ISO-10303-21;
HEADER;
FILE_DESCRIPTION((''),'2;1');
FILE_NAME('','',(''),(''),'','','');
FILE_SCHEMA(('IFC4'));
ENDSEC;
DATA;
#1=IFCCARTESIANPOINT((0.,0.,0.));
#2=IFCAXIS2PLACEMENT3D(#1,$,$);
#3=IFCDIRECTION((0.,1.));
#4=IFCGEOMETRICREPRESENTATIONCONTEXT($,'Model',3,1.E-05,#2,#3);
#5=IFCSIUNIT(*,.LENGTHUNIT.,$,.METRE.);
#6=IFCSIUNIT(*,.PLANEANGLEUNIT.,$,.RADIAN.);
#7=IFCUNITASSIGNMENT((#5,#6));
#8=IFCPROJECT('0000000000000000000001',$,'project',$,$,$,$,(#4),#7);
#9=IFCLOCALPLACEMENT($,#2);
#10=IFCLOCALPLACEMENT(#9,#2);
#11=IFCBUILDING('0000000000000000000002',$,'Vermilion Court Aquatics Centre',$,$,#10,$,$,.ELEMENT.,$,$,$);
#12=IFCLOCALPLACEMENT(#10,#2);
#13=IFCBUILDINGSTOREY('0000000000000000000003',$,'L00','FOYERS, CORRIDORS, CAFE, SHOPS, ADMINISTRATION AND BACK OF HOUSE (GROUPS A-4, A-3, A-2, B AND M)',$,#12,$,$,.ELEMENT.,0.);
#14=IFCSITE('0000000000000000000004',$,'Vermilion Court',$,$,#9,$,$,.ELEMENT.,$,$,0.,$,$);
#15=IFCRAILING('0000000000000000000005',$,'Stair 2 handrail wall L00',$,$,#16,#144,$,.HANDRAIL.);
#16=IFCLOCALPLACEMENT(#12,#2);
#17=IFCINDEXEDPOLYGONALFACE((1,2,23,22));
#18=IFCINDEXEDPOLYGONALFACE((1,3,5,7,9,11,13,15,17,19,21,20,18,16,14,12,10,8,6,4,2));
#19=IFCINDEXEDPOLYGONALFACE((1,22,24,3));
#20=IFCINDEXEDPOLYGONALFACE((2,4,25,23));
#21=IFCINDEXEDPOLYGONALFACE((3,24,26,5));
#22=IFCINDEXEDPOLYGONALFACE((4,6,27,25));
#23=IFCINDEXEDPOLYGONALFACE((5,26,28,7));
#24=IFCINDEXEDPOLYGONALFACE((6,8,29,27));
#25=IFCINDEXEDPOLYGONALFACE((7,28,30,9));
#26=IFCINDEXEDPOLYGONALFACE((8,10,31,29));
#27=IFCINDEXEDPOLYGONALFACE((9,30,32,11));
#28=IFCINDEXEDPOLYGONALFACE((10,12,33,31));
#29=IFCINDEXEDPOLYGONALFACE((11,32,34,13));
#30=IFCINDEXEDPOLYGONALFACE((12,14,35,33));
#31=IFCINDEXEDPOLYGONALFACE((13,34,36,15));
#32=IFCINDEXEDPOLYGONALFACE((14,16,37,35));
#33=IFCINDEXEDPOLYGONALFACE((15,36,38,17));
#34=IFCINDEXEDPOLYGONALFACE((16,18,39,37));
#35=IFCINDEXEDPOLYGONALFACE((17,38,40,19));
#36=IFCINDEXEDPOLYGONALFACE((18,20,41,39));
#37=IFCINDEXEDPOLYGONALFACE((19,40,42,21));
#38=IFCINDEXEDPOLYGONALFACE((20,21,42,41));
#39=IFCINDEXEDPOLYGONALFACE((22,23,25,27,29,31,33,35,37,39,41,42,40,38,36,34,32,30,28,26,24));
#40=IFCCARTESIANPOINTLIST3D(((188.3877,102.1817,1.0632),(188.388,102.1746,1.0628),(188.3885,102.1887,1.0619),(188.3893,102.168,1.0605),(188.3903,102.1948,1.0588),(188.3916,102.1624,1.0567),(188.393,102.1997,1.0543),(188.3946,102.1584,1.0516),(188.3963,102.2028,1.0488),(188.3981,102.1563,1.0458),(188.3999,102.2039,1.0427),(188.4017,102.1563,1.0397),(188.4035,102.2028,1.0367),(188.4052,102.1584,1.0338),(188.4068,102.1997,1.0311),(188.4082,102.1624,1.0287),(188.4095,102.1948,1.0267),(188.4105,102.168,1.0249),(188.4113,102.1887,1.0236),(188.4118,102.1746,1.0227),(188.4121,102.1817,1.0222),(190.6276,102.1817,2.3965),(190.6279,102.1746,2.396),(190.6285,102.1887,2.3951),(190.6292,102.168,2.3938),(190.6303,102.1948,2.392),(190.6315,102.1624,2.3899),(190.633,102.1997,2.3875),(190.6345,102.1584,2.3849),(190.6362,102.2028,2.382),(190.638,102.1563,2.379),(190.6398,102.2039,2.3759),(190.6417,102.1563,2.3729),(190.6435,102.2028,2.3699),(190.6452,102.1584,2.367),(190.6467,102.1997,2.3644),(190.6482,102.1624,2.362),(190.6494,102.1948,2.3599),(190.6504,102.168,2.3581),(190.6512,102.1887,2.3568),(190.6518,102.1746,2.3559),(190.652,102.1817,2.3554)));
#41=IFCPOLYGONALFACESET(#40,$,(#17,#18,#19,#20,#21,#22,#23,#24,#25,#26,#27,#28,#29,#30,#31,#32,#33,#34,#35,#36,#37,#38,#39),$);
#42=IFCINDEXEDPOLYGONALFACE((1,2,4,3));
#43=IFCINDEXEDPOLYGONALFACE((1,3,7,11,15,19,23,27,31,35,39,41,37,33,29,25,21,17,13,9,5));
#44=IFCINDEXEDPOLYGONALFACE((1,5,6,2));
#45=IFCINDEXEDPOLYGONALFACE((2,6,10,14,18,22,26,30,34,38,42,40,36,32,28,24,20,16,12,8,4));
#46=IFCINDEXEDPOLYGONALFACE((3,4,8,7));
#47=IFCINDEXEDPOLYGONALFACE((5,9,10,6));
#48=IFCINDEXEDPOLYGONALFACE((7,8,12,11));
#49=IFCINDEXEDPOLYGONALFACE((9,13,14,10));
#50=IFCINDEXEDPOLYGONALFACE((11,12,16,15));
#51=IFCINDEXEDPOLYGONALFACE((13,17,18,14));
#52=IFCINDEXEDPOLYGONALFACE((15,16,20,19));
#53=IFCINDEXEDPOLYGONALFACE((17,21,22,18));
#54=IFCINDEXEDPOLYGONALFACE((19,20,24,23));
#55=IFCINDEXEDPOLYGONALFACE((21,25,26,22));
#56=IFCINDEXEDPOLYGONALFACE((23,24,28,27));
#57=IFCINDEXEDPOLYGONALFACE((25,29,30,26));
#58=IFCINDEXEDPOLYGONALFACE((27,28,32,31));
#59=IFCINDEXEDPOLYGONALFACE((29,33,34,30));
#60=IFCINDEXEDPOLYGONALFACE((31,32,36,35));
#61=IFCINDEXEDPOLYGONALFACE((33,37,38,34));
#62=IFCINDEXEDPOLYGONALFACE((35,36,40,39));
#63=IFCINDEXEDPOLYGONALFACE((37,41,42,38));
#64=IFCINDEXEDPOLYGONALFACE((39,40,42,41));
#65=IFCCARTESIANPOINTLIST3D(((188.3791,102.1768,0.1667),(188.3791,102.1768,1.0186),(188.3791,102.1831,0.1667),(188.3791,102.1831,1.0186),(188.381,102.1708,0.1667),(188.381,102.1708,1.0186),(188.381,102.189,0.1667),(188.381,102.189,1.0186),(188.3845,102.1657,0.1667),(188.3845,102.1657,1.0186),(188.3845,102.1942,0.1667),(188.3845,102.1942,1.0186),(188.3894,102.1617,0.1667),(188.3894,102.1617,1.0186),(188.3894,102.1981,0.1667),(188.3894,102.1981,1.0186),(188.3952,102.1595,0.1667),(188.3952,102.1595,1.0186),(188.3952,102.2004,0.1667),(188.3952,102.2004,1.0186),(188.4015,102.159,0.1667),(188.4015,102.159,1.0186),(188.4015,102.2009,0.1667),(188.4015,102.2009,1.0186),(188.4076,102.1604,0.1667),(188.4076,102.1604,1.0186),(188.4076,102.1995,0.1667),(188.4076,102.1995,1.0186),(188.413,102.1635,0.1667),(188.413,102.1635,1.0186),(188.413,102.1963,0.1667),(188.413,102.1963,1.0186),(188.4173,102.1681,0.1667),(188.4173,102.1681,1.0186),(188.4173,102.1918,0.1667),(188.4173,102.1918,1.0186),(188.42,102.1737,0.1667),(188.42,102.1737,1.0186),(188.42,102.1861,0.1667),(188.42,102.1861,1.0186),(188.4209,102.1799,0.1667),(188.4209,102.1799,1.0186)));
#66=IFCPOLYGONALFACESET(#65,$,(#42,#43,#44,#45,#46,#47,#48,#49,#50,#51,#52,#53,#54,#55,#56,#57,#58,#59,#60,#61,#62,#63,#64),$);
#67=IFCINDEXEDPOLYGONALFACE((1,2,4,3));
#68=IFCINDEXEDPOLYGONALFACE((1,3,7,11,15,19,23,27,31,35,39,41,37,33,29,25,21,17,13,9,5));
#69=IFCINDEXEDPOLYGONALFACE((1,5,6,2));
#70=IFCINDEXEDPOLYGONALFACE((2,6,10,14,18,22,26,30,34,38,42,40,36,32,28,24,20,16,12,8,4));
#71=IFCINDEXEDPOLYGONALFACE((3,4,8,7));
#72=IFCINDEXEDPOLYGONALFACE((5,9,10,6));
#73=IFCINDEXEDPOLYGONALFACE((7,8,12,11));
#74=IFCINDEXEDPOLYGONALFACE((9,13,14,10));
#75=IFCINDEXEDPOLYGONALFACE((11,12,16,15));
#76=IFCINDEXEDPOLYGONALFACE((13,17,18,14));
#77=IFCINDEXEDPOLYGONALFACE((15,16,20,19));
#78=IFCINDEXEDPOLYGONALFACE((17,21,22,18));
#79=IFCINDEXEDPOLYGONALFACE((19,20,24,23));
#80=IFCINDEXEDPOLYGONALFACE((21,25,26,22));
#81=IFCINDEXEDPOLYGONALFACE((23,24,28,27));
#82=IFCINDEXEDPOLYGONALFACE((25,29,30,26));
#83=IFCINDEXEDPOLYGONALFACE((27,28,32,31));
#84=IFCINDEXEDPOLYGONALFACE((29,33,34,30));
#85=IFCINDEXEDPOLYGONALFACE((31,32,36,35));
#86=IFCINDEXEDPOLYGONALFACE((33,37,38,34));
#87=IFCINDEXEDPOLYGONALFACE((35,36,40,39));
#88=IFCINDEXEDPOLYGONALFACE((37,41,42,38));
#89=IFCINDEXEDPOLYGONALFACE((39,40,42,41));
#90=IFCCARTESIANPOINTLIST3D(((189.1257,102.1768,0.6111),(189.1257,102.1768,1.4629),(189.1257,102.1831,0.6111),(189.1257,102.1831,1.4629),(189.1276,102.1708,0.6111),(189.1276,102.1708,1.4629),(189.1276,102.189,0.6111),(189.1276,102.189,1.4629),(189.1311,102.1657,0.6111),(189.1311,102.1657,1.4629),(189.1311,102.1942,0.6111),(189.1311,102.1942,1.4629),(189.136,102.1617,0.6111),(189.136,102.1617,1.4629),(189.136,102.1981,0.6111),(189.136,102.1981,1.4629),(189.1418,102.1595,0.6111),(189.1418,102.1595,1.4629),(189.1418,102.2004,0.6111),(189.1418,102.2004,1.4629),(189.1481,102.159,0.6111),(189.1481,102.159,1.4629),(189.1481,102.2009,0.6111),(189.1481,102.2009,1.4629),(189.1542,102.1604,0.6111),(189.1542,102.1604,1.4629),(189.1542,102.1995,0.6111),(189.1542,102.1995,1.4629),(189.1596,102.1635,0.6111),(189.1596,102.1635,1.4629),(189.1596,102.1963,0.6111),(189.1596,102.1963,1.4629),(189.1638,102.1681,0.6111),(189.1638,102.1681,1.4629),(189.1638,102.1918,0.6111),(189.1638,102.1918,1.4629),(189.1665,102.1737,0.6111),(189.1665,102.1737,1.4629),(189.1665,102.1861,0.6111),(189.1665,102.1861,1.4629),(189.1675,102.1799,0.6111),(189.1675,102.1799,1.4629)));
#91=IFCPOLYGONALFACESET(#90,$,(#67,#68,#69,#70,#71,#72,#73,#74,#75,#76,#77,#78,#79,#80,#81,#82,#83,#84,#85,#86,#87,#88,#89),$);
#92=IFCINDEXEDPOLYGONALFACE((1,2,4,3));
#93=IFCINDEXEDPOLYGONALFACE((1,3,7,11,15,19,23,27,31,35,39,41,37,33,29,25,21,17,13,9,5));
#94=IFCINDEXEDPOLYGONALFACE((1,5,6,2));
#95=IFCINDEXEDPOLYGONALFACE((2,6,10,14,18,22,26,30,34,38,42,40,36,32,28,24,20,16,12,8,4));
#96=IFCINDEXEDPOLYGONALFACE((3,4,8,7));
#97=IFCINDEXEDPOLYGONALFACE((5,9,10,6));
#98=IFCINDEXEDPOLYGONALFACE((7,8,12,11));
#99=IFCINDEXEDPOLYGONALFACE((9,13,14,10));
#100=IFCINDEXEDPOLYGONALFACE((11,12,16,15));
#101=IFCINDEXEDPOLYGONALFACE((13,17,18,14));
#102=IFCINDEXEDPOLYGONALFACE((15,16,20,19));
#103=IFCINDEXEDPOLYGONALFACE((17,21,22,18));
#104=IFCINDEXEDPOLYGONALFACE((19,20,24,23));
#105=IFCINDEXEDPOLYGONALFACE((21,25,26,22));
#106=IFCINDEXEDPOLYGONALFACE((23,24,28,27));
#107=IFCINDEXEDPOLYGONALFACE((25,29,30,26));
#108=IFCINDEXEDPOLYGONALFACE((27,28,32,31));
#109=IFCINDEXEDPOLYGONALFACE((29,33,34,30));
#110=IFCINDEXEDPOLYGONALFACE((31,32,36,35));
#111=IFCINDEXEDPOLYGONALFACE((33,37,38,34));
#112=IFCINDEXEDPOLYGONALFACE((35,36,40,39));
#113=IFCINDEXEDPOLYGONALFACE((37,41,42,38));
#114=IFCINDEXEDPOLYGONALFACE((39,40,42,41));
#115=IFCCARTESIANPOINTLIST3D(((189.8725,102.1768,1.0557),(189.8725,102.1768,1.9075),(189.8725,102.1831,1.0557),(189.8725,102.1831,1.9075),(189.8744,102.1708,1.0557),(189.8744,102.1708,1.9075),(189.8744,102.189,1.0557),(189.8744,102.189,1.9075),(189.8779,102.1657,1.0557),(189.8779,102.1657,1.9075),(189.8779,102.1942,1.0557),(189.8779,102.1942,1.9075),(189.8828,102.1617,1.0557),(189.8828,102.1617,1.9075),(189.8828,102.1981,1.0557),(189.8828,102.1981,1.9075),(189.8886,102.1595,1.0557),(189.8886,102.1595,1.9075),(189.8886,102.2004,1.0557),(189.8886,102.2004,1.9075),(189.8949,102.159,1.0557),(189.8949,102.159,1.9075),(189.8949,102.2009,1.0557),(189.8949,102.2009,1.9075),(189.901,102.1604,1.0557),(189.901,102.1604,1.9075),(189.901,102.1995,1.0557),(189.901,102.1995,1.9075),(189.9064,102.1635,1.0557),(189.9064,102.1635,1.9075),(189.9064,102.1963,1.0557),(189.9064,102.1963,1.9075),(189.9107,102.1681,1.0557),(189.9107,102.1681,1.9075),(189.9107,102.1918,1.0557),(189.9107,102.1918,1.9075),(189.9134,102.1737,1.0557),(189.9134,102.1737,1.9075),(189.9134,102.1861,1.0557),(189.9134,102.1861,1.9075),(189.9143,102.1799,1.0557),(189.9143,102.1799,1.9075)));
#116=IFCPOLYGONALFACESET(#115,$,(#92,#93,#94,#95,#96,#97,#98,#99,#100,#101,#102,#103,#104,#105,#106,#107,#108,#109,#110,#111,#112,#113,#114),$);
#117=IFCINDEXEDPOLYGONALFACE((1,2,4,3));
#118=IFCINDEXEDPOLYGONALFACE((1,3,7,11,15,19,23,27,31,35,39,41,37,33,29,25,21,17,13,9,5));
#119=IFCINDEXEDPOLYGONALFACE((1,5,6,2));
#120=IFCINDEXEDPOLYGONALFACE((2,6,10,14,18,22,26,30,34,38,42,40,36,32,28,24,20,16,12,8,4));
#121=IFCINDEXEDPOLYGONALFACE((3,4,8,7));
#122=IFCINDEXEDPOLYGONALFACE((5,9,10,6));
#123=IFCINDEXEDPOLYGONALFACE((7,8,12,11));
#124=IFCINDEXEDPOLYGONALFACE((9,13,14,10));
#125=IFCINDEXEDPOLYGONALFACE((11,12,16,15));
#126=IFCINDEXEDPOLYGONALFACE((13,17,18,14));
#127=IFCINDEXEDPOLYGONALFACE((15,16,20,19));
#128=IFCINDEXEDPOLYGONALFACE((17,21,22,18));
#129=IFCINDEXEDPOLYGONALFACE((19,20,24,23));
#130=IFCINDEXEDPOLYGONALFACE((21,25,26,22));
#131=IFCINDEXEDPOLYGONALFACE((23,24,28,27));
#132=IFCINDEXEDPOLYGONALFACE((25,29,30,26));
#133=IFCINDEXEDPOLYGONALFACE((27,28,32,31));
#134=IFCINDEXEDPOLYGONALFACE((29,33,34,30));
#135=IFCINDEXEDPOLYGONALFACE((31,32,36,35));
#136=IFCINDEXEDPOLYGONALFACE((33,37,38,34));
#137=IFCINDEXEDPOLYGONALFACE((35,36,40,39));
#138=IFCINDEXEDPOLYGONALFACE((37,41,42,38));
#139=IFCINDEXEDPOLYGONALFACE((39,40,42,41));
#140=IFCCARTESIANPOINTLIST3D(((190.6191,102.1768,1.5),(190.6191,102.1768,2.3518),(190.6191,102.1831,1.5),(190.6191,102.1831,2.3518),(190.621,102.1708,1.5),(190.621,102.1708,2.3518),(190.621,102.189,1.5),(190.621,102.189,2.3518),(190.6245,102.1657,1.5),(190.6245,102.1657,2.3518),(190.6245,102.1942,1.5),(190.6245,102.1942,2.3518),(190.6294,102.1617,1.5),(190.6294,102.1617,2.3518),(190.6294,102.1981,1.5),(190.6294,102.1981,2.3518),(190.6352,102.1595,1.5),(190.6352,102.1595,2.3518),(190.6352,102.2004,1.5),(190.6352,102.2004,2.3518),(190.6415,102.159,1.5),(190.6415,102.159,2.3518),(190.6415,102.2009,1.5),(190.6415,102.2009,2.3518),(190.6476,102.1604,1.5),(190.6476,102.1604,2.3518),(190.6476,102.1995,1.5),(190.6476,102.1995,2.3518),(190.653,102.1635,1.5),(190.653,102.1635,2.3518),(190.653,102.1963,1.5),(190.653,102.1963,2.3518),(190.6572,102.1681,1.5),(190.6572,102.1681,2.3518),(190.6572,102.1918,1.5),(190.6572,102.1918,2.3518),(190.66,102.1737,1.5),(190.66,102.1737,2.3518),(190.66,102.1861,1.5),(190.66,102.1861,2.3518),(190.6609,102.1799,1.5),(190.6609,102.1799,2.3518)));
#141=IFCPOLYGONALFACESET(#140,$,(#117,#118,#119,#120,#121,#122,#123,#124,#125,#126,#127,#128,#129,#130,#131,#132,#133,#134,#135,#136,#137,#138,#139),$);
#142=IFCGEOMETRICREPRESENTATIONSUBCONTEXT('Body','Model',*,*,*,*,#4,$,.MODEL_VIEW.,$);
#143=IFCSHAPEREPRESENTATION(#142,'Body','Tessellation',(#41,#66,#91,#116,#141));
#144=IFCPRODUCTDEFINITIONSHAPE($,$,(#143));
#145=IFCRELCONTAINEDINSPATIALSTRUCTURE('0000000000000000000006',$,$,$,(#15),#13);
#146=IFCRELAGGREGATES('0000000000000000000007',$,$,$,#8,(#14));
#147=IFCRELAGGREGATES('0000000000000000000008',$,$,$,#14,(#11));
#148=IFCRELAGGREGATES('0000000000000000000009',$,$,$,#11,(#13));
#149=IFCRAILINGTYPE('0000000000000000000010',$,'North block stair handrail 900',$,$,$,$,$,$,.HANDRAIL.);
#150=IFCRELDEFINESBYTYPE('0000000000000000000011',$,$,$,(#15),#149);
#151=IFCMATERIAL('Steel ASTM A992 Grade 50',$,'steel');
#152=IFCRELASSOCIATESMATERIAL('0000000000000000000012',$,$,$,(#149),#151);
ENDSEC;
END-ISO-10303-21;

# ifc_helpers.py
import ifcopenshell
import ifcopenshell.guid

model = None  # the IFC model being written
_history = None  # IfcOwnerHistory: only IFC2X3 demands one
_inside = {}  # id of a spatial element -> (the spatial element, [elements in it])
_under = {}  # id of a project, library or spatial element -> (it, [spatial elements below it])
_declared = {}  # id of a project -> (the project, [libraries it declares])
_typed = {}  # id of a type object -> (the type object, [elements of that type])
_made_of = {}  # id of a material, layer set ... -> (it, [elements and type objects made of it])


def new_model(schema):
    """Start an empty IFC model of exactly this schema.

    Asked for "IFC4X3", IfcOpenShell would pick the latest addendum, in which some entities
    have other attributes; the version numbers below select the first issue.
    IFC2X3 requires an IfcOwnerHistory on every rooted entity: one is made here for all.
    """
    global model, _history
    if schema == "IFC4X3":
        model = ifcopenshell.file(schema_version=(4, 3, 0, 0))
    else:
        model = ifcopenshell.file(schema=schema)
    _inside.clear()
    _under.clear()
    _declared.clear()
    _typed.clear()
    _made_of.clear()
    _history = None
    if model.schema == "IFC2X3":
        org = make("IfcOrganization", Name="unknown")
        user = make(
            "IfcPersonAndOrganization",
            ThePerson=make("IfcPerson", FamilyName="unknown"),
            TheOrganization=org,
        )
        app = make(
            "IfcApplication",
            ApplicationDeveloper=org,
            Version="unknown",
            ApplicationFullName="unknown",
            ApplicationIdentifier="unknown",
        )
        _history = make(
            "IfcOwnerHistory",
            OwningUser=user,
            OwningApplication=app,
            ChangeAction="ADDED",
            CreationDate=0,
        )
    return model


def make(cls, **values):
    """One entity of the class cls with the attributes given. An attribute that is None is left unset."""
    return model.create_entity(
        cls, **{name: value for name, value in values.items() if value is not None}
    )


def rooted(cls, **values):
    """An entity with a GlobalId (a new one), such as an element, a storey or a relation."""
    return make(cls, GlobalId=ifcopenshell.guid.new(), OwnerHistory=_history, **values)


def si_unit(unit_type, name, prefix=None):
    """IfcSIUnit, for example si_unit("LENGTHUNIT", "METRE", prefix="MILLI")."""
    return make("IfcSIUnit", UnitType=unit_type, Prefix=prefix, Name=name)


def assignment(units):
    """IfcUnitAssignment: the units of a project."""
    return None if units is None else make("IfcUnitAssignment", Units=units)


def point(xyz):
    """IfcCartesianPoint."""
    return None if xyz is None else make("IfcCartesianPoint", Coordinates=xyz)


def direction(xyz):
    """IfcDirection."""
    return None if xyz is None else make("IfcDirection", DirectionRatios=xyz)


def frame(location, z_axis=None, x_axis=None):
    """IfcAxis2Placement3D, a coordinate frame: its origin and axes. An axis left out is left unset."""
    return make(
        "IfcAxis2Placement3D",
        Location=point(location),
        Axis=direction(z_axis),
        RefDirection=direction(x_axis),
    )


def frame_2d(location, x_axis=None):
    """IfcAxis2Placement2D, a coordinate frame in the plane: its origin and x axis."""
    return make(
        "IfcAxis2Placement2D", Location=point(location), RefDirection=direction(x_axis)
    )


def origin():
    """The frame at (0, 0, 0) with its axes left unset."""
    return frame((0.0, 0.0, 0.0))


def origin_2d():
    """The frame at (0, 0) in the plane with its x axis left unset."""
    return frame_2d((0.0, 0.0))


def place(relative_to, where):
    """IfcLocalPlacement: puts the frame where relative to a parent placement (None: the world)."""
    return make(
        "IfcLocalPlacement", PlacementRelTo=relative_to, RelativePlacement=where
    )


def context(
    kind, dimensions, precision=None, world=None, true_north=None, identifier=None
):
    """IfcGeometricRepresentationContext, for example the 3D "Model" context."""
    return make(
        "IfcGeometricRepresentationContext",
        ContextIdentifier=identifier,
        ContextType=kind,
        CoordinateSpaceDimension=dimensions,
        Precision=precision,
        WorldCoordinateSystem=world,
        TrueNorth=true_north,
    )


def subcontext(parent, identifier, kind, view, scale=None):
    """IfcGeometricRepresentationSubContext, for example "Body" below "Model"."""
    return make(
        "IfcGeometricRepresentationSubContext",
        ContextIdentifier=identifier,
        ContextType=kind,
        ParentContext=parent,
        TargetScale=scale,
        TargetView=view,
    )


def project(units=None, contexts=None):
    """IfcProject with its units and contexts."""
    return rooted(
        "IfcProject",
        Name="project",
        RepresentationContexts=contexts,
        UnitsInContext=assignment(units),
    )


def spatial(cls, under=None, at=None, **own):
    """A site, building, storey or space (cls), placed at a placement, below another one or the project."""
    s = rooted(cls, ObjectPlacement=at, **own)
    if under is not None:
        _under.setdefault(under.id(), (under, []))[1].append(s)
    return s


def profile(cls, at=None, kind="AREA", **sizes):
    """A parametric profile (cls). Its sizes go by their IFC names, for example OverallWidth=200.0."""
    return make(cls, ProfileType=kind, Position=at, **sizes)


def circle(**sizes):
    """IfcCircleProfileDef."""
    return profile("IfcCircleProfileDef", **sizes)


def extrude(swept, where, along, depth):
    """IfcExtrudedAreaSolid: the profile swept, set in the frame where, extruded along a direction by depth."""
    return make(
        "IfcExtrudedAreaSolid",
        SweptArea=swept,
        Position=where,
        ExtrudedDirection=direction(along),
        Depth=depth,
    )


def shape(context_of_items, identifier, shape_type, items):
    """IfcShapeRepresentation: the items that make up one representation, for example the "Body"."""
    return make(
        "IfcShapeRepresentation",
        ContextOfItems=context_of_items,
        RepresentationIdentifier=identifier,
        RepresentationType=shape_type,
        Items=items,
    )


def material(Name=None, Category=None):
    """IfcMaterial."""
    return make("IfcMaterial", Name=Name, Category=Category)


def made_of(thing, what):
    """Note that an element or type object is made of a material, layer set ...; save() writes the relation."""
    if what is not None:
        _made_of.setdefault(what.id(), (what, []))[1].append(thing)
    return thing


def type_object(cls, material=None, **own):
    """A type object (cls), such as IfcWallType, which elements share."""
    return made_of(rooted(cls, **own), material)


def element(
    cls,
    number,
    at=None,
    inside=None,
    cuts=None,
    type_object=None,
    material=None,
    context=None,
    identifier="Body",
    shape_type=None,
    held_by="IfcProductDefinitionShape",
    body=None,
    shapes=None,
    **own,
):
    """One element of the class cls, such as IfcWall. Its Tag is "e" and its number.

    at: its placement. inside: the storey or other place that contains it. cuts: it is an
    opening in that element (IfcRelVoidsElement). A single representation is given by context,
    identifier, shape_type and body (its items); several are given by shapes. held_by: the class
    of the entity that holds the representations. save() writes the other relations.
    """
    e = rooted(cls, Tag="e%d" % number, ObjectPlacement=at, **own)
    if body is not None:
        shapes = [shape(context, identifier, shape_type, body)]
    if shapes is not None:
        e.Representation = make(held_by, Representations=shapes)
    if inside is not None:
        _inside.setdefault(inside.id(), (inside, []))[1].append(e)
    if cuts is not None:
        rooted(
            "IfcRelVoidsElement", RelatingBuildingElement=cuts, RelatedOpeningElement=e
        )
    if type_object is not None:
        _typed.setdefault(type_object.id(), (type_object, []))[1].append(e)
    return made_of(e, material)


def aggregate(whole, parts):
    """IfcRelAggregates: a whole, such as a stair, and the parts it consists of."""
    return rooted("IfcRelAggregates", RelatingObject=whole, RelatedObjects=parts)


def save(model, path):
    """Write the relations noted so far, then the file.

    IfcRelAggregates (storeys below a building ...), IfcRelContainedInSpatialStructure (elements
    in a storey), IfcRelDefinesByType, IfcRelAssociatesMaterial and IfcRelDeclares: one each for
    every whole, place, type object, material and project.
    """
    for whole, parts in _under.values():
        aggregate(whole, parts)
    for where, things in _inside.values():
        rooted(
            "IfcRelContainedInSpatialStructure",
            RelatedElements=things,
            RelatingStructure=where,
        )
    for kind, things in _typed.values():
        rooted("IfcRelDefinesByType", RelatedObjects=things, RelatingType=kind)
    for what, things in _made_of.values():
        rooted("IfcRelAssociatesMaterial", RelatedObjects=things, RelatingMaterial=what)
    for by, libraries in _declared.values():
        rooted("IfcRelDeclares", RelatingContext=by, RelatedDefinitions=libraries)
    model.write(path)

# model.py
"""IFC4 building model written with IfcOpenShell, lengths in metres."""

from ifc_helpers import new_model, si_unit, direction, frame, origin, origin_2d, place, context, subcontext, project, spatial, circle, extrude, material, type_object, element, save


model = new_model("IFC4")

# Units and contexts
model_context = context("Model", 3, precision=1e-05, world=origin(), true_north=direction((0.0, 1.0)))
body_context = subcontext(model_context, "Body", "Model", "MODEL_VIEW")
ifc_project = project(units=[si_unit("LENGTHUNIT", "METRE"), si_unit("PLANEANGLEUNIT", "RADIAN")], contexts=[model_context])

# Site, building, storey
site_placement = place(None, origin())
site = spatial("IfcSite", under=ifc_project, at=site_placement, Name="Vermilion Court", CompositionType="ELEMENT", RefElevation=0.0)
building_placement = place(site_placement, origin())
building = spatial("IfcBuilding", under=site, at=building_placement, Name="Vermilion Court Aquatics Centre", CompositionType="ELEMENT")
storey_placement = place(building_placement, origin())
storey = spatial("IfcBuildingStorey", under=building, at=storey_placement, Name="L00", Description="FOYERS, CORRIDORS, CAFE, SHOPS, ADMINISTRATION AND BACK OF HOUSE (GROUPS A-4, A-3, A-2, B AND M)", CompositionType="ELEMENT", Elevation=0.0)

# Railing
ifc_material_1 = material(Name="Steel ASTM A992 Grade 50", Category="steel")
railing_type_1 = type_object("IfcRailingType", Name="North block stair handrail 900", PredefinedType="HANDRAIL", material=ifc_material_1)
for number, where, name in (
    (1, (188.3999, 102.1799, 0.1667), "Stair 2 handrail wall L00"),
):
    element("IfcRailing", number, at=place(storey_placement, frame(where)), inside=storey, type_object=railing_type_1, Name=name, PredefinedType="HANDRAIL", context=body_context, shape_type="SweptSolid", body=[
        extrude(circle(Radius=0.0239, at=origin_2d()), frame((0.0, 0.0, 0.876), z_axis=(0.859306, 0.0, 0.511462), x_axis=(0.0, 1.0, 0.0)), (0.0, 0.0, 1.0), 2.6067),
        extrude(circle(Radius=0.021, at=origin_2d()), origin(), (0.0, 0.0, 1.0), 0.8518),
        extrude(circle(Radius=0.021, at=origin_2d()), frame((0.7466, 0.0, 0.4443)), (0.0, 0.0, 1.0), 0.8518),
        extrude(circle(Radius=0.021, at=origin_2d()), frame((1.4934, 0.0, 0.8889)), (0.0, 0.0, 1.0), 0.8518),
        extrude(circle(Radius=0.021, at=origin_2d()), frame((2.24, 0.0, 1.3333)), (0.0, 0.0, 1.0), 0.8518),
    ])

save(model, "model.ifc")
